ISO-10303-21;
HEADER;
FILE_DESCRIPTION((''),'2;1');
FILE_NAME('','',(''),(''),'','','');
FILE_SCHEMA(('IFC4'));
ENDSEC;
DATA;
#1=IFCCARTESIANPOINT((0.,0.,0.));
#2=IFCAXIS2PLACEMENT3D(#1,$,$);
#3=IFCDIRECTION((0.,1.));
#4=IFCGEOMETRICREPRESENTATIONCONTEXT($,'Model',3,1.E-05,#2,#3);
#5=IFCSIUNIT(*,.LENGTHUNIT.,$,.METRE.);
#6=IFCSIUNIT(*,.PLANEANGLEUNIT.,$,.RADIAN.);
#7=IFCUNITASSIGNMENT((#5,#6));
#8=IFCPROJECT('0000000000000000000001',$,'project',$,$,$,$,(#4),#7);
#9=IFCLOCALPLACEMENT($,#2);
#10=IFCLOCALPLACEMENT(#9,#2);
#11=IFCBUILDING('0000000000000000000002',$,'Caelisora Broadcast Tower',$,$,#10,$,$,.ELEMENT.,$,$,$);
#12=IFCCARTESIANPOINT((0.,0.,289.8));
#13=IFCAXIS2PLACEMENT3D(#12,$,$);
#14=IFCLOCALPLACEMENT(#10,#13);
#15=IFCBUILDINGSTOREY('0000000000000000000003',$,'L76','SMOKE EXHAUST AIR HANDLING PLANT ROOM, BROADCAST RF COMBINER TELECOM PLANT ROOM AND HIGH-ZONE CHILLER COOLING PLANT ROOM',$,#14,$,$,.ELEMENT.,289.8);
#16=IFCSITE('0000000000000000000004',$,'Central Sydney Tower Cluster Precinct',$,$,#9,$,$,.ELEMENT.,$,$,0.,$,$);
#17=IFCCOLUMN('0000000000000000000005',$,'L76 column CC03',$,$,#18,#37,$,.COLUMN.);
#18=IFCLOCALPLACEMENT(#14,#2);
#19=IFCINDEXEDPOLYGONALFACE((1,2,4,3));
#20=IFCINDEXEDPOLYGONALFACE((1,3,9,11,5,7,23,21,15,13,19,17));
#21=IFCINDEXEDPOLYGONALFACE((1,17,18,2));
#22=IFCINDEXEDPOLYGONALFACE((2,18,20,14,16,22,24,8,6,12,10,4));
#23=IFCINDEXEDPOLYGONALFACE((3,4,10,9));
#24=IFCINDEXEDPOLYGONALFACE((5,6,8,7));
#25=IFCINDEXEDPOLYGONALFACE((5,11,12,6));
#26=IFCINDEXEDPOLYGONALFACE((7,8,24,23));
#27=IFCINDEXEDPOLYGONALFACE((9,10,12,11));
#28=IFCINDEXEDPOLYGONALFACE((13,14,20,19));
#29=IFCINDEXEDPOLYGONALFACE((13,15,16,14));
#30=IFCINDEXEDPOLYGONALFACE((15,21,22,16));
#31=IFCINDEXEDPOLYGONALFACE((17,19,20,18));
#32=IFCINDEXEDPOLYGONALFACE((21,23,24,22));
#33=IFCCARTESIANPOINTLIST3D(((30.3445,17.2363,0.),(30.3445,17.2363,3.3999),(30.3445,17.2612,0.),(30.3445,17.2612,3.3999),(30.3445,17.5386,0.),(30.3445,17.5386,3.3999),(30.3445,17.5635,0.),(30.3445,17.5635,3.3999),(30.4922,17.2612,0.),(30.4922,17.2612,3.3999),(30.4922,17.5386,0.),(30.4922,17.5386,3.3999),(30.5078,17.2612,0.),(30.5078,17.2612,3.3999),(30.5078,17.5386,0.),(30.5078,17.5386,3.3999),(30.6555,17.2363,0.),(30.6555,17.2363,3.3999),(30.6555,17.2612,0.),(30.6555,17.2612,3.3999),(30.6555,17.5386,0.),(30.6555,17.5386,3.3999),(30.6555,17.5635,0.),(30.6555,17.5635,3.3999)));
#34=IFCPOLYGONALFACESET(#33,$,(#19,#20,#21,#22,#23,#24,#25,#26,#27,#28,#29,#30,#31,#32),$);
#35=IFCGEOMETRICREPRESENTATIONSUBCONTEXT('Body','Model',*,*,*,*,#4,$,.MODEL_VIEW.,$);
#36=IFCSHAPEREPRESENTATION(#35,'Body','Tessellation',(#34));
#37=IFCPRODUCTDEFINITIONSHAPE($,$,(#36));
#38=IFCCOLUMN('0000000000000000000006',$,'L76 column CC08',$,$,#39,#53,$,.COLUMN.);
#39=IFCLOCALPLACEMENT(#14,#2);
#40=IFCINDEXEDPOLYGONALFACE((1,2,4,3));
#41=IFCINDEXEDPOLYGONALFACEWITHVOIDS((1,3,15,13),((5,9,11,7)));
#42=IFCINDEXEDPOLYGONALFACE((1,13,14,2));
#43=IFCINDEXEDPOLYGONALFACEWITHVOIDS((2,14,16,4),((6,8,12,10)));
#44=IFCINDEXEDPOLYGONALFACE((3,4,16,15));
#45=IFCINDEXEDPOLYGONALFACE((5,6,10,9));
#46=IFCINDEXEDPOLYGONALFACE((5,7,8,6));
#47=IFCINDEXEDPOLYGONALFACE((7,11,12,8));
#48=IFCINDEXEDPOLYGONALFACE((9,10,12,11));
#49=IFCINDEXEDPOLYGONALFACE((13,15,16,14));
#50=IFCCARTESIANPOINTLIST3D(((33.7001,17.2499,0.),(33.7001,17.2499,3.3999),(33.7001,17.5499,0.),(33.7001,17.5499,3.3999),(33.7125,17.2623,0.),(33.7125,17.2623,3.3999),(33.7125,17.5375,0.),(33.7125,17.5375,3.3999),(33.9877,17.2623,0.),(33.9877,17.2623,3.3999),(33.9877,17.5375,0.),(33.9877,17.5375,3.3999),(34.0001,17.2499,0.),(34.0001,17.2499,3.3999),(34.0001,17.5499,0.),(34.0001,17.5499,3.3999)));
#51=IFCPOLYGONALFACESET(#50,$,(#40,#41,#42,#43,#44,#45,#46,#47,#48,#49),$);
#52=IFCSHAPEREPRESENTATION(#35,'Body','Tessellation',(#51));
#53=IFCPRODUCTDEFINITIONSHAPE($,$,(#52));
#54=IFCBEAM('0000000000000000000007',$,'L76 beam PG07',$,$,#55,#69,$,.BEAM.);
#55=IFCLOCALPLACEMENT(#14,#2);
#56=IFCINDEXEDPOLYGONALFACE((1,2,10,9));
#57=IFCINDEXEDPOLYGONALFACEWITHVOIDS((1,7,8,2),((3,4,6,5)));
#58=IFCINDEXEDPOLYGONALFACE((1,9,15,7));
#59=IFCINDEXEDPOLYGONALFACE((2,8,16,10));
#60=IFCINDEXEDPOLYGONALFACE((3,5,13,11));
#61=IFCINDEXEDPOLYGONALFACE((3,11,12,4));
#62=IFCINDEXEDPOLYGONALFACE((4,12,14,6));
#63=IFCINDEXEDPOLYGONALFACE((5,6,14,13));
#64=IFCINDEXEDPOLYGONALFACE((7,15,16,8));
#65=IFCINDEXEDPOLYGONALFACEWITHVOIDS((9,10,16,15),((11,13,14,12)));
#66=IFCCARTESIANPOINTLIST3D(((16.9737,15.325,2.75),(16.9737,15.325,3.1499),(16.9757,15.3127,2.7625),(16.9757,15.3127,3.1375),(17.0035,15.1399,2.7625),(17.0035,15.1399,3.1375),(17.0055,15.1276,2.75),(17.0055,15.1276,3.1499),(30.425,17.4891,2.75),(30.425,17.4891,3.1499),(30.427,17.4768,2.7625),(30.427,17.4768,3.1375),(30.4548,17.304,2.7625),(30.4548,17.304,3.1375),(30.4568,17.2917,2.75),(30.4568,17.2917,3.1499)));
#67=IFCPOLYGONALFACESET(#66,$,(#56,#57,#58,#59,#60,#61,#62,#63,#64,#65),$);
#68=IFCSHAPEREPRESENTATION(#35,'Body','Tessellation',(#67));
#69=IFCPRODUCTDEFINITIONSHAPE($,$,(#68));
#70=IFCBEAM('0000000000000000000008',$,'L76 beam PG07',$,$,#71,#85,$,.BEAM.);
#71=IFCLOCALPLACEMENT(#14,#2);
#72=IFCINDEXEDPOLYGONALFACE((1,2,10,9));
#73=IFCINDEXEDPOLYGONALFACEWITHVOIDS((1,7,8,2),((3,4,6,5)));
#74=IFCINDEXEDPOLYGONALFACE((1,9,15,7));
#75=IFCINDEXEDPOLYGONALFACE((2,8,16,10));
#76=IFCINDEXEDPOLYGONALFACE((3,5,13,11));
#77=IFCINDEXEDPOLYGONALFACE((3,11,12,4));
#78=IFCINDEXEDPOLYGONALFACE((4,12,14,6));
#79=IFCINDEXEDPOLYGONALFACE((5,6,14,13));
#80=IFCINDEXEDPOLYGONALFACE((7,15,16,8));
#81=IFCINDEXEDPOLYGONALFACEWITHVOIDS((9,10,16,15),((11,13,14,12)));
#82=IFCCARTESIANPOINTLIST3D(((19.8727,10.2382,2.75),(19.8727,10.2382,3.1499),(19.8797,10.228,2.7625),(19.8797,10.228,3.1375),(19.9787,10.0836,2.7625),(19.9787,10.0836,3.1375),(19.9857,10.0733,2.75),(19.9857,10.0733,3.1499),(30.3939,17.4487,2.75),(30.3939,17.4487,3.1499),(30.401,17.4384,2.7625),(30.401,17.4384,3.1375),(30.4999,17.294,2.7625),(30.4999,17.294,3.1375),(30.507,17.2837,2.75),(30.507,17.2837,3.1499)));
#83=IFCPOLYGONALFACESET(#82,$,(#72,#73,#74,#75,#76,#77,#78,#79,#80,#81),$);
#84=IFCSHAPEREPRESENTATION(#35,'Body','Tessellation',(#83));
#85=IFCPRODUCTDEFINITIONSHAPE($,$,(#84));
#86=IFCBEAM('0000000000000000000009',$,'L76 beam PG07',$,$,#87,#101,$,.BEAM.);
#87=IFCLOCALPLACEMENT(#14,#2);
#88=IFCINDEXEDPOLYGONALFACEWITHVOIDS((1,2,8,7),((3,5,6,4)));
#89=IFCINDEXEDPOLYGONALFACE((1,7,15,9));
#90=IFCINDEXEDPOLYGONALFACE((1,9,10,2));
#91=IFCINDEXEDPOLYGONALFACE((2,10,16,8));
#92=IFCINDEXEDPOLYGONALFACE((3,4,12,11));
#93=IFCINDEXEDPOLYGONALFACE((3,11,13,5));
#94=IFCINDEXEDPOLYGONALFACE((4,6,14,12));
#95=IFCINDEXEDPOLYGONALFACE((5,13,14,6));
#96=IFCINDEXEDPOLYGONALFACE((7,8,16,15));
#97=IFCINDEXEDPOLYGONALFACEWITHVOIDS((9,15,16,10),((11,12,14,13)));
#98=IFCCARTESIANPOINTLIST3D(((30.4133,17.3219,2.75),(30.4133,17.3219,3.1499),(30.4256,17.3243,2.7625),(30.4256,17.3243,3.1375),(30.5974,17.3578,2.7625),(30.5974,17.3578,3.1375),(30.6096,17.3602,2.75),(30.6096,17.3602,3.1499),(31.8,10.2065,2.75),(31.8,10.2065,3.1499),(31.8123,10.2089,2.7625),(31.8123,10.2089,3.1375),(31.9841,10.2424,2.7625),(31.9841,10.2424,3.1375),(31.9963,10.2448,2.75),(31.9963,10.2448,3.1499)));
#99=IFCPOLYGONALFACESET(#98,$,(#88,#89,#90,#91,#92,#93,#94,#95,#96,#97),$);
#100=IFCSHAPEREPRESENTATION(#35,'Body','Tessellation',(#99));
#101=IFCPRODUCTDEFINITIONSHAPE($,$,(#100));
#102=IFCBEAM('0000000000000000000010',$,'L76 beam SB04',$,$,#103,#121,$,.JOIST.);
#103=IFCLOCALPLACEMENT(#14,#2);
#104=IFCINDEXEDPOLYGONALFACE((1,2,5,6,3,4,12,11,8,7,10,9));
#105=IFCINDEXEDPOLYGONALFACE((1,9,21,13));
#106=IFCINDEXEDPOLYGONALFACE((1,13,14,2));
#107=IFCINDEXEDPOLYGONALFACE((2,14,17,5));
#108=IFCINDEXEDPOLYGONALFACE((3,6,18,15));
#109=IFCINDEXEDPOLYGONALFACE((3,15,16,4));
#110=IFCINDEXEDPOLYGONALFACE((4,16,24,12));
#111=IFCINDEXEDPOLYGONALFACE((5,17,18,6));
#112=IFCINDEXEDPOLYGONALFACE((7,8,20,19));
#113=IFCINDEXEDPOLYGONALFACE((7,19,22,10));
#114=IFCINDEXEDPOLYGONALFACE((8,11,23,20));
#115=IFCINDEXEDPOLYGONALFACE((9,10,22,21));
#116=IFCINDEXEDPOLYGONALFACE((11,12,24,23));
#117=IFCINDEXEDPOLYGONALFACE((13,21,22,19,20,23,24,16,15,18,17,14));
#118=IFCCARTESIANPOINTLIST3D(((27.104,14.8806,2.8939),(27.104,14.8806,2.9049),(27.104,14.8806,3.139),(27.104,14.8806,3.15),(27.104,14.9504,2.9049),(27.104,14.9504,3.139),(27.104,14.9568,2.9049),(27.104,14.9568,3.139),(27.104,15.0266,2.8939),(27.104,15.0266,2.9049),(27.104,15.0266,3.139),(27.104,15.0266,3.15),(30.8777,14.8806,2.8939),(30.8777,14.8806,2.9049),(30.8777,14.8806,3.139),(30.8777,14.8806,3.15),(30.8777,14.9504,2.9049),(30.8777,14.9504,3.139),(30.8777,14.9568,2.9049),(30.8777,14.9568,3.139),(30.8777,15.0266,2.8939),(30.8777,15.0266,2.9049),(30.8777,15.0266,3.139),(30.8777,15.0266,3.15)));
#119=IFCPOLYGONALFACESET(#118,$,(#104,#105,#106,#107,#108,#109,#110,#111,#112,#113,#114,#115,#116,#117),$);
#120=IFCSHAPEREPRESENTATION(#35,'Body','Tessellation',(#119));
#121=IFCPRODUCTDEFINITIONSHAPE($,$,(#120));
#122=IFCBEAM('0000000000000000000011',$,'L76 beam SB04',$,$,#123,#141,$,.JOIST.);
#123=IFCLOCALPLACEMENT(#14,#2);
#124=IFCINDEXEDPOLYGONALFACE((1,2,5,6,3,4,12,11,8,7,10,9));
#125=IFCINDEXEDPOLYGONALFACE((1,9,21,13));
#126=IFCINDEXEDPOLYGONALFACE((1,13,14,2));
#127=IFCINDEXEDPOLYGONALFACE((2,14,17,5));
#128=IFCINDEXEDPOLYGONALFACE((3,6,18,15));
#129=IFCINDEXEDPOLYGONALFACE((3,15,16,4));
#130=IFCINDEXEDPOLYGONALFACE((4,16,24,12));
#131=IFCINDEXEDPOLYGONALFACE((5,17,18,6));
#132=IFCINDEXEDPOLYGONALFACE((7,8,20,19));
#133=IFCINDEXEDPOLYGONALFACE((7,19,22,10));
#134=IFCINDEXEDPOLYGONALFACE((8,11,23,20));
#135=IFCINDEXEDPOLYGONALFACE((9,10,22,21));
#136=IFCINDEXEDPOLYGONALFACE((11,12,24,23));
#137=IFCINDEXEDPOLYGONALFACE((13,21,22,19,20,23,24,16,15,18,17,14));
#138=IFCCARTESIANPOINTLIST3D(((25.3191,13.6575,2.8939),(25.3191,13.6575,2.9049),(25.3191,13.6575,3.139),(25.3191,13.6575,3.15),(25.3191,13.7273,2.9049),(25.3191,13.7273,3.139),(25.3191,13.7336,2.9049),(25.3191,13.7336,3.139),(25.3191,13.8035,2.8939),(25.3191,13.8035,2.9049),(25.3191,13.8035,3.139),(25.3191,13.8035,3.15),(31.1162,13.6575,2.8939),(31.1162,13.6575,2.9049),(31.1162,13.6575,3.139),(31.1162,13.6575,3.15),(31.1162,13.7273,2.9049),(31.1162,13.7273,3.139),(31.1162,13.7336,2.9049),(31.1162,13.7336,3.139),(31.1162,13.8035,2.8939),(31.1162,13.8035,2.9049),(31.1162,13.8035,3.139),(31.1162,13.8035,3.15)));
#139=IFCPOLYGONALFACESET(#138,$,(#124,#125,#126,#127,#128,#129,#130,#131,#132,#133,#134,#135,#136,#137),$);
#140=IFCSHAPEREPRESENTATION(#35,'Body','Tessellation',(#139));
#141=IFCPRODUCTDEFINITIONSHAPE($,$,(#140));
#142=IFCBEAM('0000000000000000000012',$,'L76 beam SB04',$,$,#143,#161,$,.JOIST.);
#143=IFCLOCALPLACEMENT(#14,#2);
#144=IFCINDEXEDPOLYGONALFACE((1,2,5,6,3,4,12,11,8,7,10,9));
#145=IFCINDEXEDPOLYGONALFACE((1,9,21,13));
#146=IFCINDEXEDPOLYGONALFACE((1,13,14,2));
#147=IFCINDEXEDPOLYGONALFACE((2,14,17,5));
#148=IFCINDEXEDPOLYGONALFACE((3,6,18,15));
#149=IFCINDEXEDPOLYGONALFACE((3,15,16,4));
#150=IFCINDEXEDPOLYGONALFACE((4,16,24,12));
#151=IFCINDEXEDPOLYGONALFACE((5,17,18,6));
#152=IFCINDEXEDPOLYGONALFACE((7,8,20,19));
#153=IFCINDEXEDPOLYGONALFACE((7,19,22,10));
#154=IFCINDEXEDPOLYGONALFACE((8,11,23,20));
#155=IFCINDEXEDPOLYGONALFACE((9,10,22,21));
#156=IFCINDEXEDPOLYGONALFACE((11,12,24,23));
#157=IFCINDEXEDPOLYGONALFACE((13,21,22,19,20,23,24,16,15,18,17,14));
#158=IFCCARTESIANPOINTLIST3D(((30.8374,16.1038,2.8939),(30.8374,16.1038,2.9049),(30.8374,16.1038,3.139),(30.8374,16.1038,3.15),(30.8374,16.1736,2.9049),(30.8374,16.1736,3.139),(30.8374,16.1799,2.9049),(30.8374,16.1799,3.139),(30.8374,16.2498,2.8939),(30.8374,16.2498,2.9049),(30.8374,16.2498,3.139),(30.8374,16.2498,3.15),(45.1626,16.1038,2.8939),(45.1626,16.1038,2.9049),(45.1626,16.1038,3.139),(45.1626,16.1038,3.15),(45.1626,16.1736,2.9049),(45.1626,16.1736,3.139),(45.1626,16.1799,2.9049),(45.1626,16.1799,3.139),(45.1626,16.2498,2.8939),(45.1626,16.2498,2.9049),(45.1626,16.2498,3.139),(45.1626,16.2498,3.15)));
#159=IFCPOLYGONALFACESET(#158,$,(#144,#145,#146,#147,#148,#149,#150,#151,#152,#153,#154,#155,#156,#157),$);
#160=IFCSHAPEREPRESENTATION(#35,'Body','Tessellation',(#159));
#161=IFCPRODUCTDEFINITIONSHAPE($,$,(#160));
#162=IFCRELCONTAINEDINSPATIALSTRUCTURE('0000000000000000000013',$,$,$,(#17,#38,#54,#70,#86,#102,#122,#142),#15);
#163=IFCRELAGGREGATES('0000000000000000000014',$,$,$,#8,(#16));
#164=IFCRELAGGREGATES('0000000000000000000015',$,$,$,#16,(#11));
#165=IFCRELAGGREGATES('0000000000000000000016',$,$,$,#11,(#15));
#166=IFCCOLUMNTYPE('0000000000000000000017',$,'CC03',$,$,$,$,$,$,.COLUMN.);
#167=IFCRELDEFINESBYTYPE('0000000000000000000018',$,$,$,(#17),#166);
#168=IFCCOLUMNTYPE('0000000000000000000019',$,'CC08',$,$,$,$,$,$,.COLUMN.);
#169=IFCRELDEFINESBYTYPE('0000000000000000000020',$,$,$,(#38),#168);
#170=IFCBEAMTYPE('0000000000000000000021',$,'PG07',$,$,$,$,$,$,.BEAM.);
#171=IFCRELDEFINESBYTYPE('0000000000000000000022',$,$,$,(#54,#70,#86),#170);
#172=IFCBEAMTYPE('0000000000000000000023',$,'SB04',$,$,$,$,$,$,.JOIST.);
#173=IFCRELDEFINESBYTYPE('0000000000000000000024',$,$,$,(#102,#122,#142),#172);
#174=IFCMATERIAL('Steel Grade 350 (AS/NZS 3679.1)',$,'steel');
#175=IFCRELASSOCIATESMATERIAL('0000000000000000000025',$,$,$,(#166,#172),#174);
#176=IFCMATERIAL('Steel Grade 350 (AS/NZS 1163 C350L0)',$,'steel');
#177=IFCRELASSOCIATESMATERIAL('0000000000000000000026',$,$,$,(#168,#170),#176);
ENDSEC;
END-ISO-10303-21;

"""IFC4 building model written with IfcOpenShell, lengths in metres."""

from ifc_helpers import new_model, si_unit, direction, frame, origin, origin_2d, place, context, subcontext, project, spatial, hollow_rectangle, i_section, extrude, source, transform, mapped, material, material_profile, profile_set, type_object, type_shapes, element, save


model = new_model("IFC4")

# Units and contexts
model_context = context("Model", 3, precision=1e-05, world=origin(), true_north=direction((0.0, 1.0)))
body_context = subcontext(model_context, "Body", "Model", "MODEL_VIEW")
ifc_project = project(units=[si_unit("LENGTHUNIT", "METRE"), si_unit("PLANEANGLEUNIT", "RADIAN")], contexts=[model_context])

# Site, building, storey
site_placement = place(None, origin())
site = spatial("IfcSite", under=ifc_project, at=site_placement, Name="Central Sydney Tower Cluster Precinct", CompositionType="ELEMENT", RefElevation=0.0)
building_placement = place(site_placement, origin())
building = spatial("IfcBuilding", under=site, at=building_placement, Name="Caelisora Broadcast Tower", CompositionType="ELEMENT")
storey_placement = place(building_placement, frame((0.0, 0.0, 289.8)))
storey = spatial("IfcBuildingStorey", under=building, at=storey_placement, Name="L76", Description="SMOKE EXHAUST AIR HANDLING PLANT ROOM, BROADCAST RF COMBINER TELECOM PLANT ROOM AND HIGH-ZONE CHILLER COOLING PLANT ROOM", CompositionType="ELEMENT", Elevation=289.8)

# Columns
ifc_material_1 = material(Name="Steel Grade 350 (AS/NZS 3679.1)", Category="steel")
ifc_material_profile_1 = material_profile(ifc_material_1, i_section(OverallWidth=0.311, OverallDepth=0.3271, WebThickness=0.0156, FlangeThickness=0.0249, at=origin_2d()), Name="Steel Grade 350 (AS/NZS 3679.1)")
ifc_profile_set_1 = profile_set([ifc_material_profile_1], Name="Steel Grade 350 (AS/NZS 3679.1)")
column_type_1 = type_object("IfcColumnType", Name="CC03", PredefinedType="COLUMN", material=ifc_profile_set_1)
shared_shape_1 = source(origin(), body_context, "Body", "SweptSolid", [
    extrude(i_section(OverallWidth=0.311, OverallDepth=0.3271, WebThickness=0.0156, FlangeThickness=0.0249, at=origin_2d()), origin(), (0.0, 0.0, 1.0), 3.3999),
])
type_shapes(column_type_1, [shared_shape_1])
column_1_placement = place(storey_placement, frame((30.5, 17.3999, 0.0), z_axis=(0.0, 0.0, 1.0), x_axis=(1.0, 0.0, 0.0)))
element("IfcColumn", 1, at=column_1_placement, inside=storey, type_object=column_type_1, Name="L76 column CC03", PredefinedType="COLUMN", context=body_context, shape_type="MappedRepresentation", body=[
    mapped(shared_shape_1, transform((0.0, 0.0, 0.0), scale=1.0)),
])
ifc_material_2 = material(Name="Steel Grade 350 (AS/NZS 1163 C350L0)", Category="steel")
ifc_material_profile_2 = material_profile(ifc_material_2, hollow_rectangle(XDim=0.3, YDim=0.3, WallThickness=0.0125, at=origin_2d()), Name="Steel Grade 350 (AS/NZS 1163 C350L0)")
ifc_profile_set_2 = profile_set([ifc_material_profile_2], Name="Steel Grade 350 (AS/NZS 1163 C350L0)")
column_type_2 = type_object("IfcColumnType", Name="CC08", PredefinedType="COLUMN", material=ifc_profile_set_2)
shared_shape_2 = source(origin(), body_context, "Body", "SweptSolid", [
    extrude(hollow_rectangle(XDim=0.3, YDim=0.3, WallThickness=0.0125, at=origin_2d()), origin(), (0.0, 0.0, 1.0), 3.3999),
])
type_shapes(column_type_2, [shared_shape_2])
column_2_placement = place(storey_placement, frame((33.8501, 17.3999, 0.0), z_axis=(0.0, 0.0, 1.0), x_axis=(1.0, 0.0, 0.0)))
element("IfcColumn", 2, at=column_2_placement, inside=storey, type_object=column_type_2, Name="L76 column CC08", PredefinedType="COLUMN", context=body_context, shape_type="MappedRepresentation", body=[
    mapped(shared_shape_2, transform((0.0, 0.0, 0.0), scale=1.0)),
])

# Beams
ifc_material_profile_3 = material_profile(ifc_material_2, hollow_rectangle(XDim=0.2, YDim=0.3999, WallThickness=0.0125, at=origin_2d()), Name="Steel Grade 350 (AS/NZS 1163 C350L0)")
ifc_profile_set_3 = profile_set([ifc_material_profile_3], Name="Steel Grade 350 (AS/NZS 1163 C350L0)")
beam_type_1 = type_object("IfcBeamType", Name="PG07", PredefinedType="BEAM", material=ifc_profile_set_3)
shared_shape_3 = source(origin(), body_context, "Body", "SweptSolid", [
    extrude(hollow_rectangle(XDim=0.2, YDim=0.3999, WallThickness=0.0125, at=origin_2d()), origin(), (0.0, 0.0, 1.0), 13.6243),
])
beam_1_placement = place(storey_placement, frame((30.4409, 17.3904, 2.95), z_axis=(-0.987305, -0.158837, 0.0), x_axis=(0.158837, -0.987305, 0.0)))
element("IfcBeam", 3, at=beam_1_placement, inside=storey, type_object=beam_type_1, Name="L76 beam PG07", PredefinedType="BEAM", context=body_context, shape_type="MappedRepresentation", body=[
    mapped(shared_shape_3, transform((0.0, 0.0, 0.0), scale=1.0)),
])
shared_shape_4 = source(origin(), body_context, "Body", "SweptSolid", [
    extrude(hollow_rectangle(XDim=0.2, YDim=0.3999, WallThickness=0.0125, at=origin_2d()), origin(), (0.0, 0.0, 1.0), 12.7549),
])
beam_2_placement = place(storey_placement, frame((30.4504, 17.3662, 2.95), z_axis=(-0.824879, -0.565309, 0.0), x_axis=(0.565309, -0.824879, 0.0)))
element("IfcBeam", 4, at=beam_2_placement, inside=storey, type_object=beam_type_1, Name="L76 beam PG07", PredefinedType="BEAM", context=body_context, shape_type="MappedRepresentation", body=[
    mapped(shared_shape_4, transform((0.0, 0.0, 0.0), scale=1.0)),
])
shared_shape_5 = source(origin(), body_context, "Body", "SweptSolid", [
    extrude(hollow_rectangle(XDim=0.2, YDim=0.3999, WallThickness=0.0125, at=origin_2d()), origin(), (0.0, 0.0, 1.0), 7.2493),
])
type_shapes(beam_type_1, [shared_shape_3, shared_shape_4, shared_shape_5])
beam_3_placement = place(storey_placement, frame((30.5115, 17.3411, 2.95), z_axis=(0.191289, -0.981534, 0.0), x_axis=(0.981534, 0.191289, 0.0)))
element("IfcBeam", 5, at=beam_3_placement, inside=storey, type_object=beam_type_1, Name="L76 beam PG07", PredefinedType="BEAM", context=body_context, shape_type="MappedRepresentation", body=[
    mapped(shared_shape_5, transform((0.0, 0.0, 0.0), scale=1.0)),
])
ifc_material_profile_4 = material_profile(ifc_material_1, i_section(OverallWidth=0.146, OverallDepth=0.2561, WebThickness=0.0063, FlangeThickness=0.011, at=origin_2d()), Name="Steel Grade 350 (AS/NZS 3679.1)")
ifc_profile_set_4 = profile_set([ifc_material_profile_4], Name="Steel Grade 350 (AS/NZS 3679.1)")
beam_type_2 = type_object("IfcBeamType", Name="SB04", PredefinedType="JOIST", material=ifc_profile_set_4)
shared_shape_6 = source(origin(), body_context, "Body", "SweptSolid", [
    extrude(i_section(OverallWidth=0.146, OverallDepth=0.2561, WebThickness=0.0063, FlangeThickness=0.011, at=origin_2d()), origin(), (0.0, 0.0, 1.0), 3.7737),
])
beam_4_placement = place(storey_placement, frame((27.104, 14.9536, 3.022), z_axis=(1.0, 0.0, 0.0), x_axis=(0.0, 1.0, 0.0)))
element("IfcBeam", 6, at=beam_4_placement, inside=storey, type_object=beam_type_2, Name="L76 beam SB04", PredefinedType="JOIST", context=body_context, shape_type="MappedRepresentation", body=[
    mapped(shared_shape_6, transform((0.0, 0.0, 0.0), scale=1.0)),
])
shared_shape_7 = source(origin(), body_context, "Body", "SweptSolid", [
    extrude(i_section(OverallWidth=0.146, OverallDepth=0.2561, WebThickness=0.0063, FlangeThickness=0.011, at=origin_2d()), origin(), (0.0, 0.0, 1.0), 5.7971),
])
beam_5_placement = place(storey_placement, frame((25.3191, 13.7305, 3.022), z_axis=(1.0, 0.0, 0.0), x_axis=(0.0, 1.0, 0.0)))
element("IfcBeam", 7, at=beam_5_placement, inside=storey, type_object=beam_type_2, Name="L76 beam SB04", PredefinedType="JOIST", context=body_context, shape_type="MappedRepresentation", body=[
    mapped(shared_shape_7, transform((0.0, 0.0, 0.0), scale=1.0)),
])
shared_shape_8 = source(origin(), body_context, "Body", "SweptSolid", [
    extrude(i_section(OverallWidth=0.146, OverallDepth=0.2561, WebThickness=0.0063, FlangeThickness=0.011, at=origin_2d()), origin(), (0.0, 0.0, 1.0), 14.3252),
])
beam_6_placement = place(storey_placement, frame((30.8374, 16.1768, 3.022), z_axis=(1.0, 0.0, 0.0), x_axis=(0.0, 1.0, 0.0)))
element("IfcBeam", 8, at=beam_6_placement, inside=storey, type_object=beam_type_2, Name="L76 beam SB04", PredefinedType="JOIST", context=body_context, shape_type="MappedRepresentation", body=[
    mapped(shared_shape_8, transform((0.0, 0.0, 0.0), scale=1.0)),
])

save(model, "model.ifc")
